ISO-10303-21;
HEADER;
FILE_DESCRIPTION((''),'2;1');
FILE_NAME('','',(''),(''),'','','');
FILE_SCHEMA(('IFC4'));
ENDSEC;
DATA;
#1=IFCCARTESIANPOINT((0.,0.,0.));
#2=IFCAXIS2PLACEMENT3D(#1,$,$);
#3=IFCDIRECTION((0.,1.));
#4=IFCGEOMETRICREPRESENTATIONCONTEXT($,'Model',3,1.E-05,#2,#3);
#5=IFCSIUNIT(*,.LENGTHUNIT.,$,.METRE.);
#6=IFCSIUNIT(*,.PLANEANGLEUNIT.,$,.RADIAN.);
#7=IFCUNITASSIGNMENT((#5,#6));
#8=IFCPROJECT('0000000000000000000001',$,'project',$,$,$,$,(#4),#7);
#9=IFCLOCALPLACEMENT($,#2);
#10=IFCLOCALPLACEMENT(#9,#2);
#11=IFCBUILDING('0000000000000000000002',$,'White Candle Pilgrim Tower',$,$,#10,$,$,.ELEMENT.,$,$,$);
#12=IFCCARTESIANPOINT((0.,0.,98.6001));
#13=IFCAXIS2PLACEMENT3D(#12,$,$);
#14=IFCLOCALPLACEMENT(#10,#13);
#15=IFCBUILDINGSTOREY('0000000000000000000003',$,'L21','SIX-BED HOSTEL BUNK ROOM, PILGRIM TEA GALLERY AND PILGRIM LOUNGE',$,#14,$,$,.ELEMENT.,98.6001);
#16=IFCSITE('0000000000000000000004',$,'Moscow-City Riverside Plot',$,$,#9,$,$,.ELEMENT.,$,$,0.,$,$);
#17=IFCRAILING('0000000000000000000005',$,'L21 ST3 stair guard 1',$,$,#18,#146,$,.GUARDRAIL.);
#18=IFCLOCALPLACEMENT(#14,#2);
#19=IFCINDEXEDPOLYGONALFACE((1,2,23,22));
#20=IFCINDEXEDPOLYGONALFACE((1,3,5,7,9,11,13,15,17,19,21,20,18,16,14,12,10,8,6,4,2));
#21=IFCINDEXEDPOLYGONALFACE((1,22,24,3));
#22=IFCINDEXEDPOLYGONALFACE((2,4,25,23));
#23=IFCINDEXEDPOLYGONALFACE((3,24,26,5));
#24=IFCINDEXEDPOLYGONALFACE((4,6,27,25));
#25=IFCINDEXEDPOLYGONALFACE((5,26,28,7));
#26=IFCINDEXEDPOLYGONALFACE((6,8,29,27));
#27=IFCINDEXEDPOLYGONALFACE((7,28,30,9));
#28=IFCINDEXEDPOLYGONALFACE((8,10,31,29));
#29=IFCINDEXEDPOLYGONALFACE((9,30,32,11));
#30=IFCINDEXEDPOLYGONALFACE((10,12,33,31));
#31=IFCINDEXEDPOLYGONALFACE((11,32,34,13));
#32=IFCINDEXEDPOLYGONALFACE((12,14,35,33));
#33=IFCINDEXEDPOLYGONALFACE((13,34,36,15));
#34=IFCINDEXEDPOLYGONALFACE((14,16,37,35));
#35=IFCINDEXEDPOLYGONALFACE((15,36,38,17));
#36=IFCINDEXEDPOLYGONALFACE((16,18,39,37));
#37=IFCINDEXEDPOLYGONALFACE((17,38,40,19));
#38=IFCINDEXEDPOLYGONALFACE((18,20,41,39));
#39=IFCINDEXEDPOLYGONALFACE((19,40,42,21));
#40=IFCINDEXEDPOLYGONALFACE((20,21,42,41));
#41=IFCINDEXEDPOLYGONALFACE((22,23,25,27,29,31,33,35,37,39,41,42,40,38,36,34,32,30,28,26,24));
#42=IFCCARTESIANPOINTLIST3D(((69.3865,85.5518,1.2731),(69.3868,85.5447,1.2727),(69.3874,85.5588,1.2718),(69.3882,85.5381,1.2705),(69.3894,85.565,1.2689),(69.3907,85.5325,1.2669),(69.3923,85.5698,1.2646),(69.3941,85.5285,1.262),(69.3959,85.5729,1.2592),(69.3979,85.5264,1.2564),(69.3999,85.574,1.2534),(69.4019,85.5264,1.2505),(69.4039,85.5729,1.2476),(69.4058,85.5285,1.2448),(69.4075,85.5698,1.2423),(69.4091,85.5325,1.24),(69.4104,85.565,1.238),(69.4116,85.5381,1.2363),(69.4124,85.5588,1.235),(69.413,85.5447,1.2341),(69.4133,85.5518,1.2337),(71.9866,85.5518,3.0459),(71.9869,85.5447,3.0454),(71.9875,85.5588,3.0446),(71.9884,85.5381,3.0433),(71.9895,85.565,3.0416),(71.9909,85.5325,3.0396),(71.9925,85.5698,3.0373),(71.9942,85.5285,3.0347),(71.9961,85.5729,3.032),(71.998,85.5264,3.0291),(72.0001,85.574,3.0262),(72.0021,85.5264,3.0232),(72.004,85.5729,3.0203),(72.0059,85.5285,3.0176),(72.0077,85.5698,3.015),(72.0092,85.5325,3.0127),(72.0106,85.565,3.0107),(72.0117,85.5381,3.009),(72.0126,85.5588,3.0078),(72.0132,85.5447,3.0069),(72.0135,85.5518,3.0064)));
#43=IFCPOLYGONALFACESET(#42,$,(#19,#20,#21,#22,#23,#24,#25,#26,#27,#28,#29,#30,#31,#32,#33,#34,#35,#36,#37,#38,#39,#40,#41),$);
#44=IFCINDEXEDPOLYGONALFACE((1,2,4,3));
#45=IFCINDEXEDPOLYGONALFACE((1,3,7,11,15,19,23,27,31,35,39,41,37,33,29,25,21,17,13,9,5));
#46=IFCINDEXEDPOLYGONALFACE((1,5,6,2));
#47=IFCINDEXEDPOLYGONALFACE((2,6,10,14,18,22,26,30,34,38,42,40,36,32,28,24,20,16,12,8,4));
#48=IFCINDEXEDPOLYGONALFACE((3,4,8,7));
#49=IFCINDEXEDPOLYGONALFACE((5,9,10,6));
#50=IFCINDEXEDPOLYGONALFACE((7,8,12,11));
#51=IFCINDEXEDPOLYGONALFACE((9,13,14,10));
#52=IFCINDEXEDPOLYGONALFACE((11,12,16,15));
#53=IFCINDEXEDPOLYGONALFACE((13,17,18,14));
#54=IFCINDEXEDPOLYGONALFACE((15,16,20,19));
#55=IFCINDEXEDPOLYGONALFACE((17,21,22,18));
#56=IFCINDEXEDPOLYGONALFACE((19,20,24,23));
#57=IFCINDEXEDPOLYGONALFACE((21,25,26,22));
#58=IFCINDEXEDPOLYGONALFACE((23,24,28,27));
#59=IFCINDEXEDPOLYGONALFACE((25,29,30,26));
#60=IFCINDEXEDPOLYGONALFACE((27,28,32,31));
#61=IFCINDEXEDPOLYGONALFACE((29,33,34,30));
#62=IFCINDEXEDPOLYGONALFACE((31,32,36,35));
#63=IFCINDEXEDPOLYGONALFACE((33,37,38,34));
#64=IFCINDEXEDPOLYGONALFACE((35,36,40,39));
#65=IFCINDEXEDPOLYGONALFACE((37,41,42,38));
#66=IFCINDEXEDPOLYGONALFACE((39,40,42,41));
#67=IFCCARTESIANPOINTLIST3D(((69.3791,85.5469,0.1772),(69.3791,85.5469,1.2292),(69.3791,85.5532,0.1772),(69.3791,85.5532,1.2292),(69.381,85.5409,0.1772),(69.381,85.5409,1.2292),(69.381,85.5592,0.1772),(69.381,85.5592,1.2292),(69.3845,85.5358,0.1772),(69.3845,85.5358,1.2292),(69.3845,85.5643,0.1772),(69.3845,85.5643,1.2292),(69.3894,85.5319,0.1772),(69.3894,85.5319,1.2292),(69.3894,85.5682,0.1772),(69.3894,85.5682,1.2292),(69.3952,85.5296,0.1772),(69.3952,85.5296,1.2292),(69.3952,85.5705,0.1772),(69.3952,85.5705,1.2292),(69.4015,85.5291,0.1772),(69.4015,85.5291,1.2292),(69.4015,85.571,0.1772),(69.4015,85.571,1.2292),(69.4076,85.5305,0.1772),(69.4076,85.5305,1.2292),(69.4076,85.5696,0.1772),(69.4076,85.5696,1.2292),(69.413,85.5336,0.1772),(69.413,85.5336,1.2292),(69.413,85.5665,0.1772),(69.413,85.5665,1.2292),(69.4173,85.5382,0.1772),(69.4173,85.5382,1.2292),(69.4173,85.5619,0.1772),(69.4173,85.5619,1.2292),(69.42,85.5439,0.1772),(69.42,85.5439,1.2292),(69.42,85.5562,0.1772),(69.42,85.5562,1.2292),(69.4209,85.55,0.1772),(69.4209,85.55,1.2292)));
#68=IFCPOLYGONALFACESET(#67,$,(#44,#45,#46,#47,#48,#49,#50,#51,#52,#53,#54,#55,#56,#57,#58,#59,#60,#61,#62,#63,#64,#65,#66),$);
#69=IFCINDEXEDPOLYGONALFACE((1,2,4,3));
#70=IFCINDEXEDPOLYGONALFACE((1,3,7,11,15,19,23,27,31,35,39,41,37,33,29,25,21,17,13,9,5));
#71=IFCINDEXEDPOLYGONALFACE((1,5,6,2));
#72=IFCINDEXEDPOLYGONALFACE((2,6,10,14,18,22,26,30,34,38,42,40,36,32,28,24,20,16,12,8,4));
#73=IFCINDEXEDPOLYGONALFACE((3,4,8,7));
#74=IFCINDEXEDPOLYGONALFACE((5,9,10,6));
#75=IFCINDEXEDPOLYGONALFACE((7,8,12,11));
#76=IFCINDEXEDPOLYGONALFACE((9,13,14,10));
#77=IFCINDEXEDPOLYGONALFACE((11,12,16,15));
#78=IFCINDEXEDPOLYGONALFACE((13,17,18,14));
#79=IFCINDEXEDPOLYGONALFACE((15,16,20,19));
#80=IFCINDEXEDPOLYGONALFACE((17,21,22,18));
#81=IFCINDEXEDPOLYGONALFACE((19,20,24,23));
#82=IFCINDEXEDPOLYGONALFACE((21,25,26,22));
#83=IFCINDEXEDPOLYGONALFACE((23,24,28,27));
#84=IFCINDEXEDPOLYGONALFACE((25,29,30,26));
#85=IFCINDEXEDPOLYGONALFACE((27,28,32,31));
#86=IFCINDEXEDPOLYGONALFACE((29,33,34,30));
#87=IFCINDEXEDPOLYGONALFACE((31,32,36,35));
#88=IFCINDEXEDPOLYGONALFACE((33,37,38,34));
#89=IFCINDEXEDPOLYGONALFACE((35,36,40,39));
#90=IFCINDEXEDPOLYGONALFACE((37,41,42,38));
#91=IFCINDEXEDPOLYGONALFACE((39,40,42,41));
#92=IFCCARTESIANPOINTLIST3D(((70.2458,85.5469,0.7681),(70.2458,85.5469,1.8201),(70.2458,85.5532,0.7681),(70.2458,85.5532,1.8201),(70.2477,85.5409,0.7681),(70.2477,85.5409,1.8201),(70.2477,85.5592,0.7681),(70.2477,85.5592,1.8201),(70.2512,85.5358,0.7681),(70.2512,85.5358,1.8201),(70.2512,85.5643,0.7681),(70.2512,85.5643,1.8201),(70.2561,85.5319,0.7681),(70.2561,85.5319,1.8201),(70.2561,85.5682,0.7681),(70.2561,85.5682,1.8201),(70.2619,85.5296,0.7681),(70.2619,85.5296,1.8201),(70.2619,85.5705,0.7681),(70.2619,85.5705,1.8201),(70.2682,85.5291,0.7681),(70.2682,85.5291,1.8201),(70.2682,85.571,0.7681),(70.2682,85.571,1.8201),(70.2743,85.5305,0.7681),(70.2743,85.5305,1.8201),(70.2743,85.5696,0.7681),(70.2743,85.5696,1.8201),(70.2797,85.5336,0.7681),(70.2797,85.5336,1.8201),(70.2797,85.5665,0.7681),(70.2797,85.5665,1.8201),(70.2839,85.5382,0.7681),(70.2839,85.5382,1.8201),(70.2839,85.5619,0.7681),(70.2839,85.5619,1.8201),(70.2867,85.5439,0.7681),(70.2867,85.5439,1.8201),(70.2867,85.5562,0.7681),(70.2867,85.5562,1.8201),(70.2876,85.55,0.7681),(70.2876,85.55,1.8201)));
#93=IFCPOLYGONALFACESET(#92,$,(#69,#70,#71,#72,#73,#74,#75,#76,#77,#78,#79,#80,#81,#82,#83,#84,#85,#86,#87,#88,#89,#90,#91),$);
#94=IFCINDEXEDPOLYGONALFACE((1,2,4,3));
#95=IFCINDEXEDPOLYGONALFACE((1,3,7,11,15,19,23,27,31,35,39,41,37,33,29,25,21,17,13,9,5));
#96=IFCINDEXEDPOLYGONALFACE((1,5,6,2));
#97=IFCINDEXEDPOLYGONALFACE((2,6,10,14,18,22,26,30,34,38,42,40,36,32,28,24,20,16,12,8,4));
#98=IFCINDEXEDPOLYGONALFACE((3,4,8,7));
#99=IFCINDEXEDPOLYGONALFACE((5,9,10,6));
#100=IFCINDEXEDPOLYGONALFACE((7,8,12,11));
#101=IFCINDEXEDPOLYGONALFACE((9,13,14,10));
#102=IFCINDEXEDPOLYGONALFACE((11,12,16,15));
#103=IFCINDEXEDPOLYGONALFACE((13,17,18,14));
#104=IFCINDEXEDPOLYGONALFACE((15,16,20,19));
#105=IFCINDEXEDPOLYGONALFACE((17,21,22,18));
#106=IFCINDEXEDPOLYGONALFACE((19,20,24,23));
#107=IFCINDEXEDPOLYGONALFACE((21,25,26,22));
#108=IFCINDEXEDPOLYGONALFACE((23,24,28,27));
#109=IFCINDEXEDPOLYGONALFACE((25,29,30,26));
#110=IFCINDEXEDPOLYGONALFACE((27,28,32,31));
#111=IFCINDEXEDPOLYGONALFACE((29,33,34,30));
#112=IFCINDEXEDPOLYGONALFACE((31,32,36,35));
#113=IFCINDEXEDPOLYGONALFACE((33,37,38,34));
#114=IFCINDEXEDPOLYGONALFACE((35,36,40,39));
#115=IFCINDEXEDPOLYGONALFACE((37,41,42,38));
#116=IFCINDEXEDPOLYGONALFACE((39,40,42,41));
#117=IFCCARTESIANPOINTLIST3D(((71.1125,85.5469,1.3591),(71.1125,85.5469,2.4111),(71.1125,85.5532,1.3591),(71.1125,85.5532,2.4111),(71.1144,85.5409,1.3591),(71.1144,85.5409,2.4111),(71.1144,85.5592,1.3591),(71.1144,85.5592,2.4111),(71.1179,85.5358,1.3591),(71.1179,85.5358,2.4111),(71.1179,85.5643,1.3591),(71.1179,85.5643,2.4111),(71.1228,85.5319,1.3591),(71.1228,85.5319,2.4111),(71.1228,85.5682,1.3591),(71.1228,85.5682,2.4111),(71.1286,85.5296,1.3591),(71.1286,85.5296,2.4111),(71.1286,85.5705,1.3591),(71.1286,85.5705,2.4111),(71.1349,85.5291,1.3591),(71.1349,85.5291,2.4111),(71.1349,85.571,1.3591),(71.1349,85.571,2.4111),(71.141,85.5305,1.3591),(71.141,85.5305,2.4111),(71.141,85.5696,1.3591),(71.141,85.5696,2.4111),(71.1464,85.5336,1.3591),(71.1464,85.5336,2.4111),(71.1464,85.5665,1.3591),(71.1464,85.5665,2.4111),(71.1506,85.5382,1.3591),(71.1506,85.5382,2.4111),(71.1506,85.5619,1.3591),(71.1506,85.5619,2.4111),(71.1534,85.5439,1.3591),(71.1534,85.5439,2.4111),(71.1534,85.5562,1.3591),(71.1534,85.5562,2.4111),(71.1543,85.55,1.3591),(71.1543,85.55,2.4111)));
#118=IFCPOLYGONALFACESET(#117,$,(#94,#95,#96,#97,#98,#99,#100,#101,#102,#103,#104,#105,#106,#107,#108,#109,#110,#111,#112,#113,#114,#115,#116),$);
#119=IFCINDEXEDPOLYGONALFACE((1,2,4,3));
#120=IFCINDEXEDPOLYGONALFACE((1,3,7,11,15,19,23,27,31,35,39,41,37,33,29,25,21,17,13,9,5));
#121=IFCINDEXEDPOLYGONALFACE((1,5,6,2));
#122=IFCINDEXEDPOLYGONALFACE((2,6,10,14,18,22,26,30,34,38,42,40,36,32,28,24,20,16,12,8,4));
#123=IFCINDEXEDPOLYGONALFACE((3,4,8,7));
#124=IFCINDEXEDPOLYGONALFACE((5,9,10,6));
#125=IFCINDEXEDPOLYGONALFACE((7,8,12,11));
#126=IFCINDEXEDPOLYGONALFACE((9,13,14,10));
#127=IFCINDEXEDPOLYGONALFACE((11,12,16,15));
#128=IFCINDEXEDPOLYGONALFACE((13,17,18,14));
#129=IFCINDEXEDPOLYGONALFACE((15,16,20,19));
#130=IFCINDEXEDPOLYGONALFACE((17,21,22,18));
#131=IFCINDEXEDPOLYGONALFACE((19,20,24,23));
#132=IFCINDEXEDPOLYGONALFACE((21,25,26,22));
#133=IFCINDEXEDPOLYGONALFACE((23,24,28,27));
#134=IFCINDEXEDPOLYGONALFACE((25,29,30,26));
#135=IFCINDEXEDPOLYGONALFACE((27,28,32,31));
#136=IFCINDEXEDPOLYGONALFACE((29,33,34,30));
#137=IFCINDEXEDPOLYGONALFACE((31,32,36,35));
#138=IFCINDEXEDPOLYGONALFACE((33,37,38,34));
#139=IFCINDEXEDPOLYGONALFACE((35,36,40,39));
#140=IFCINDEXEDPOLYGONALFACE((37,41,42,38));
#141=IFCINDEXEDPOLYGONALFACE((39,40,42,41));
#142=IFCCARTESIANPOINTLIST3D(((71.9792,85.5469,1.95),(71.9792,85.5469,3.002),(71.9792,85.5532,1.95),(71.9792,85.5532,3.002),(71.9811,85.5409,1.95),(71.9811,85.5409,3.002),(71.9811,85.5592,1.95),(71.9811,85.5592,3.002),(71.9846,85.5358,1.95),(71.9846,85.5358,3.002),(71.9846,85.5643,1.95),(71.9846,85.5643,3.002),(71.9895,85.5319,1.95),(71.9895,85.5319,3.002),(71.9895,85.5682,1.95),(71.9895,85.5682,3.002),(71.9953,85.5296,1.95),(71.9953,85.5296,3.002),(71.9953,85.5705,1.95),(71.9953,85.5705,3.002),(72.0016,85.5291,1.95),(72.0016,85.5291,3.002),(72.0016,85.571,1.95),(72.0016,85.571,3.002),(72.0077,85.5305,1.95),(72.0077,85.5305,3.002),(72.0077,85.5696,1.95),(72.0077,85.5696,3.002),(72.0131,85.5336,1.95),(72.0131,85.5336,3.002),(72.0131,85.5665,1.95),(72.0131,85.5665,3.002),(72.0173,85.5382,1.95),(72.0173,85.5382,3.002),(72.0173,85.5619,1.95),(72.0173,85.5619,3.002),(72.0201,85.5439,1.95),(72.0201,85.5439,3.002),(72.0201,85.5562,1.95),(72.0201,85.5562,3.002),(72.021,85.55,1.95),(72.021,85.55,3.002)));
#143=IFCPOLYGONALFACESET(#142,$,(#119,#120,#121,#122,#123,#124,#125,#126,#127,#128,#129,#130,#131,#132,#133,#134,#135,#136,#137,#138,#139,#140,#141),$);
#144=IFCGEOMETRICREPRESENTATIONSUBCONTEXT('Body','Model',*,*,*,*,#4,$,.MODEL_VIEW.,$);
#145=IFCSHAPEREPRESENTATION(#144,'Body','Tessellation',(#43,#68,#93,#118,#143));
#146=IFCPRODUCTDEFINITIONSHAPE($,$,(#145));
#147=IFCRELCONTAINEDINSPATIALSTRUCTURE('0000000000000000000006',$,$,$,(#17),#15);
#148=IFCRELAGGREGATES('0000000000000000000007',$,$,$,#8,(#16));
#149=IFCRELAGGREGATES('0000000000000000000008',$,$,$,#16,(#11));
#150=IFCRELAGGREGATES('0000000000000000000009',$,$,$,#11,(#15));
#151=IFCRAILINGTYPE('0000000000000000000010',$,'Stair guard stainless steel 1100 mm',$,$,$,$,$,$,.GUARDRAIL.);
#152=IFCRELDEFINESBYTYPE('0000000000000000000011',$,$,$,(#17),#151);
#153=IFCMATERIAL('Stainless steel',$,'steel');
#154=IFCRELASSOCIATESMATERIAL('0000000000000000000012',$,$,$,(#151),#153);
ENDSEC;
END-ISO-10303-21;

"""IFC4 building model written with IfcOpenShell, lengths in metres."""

from ifc_helpers import new_model, si_unit, direction, frame, origin, origin_2d, place, context, subcontext, project, spatial, circle, extrude, material, type_object, element, save


model = new_model("IFC4")

# Units and contexts
model_context = context("Model", 3, precision=1e-05, world=origin(), true_north=direction((0.0, 1.0)))
body_context = subcontext(model_context, "Body", "Model", "MODEL_VIEW")
ifc_project = project(units=[si_unit("LENGTHUNIT", "METRE"), si_unit("PLANEANGLEUNIT", "RADIAN")], contexts=[model_context])

# Site, building, storey
site_placement = place(None, origin())
site = spatial("IfcSite", under=ifc_project, at=site_placement, Name="Moscow-City Riverside Plot", CompositionType="ELEMENT", RefElevation=0.0)
building_placement = place(site_placement, origin())
building = spatial("IfcBuilding", under=site, at=building_placement, Name="White Candle Pilgrim Tower", CompositionType="ELEMENT")
storey_placement = place(building_placement, frame((0.0, 0.0, 98.6001)))
storey = spatial("IfcBuildingStorey", under=building, at=storey_placement, Name="L21", Description="SIX-BED HOSTEL BUNK ROOM, PILGRIM TEA GALLERY AND PILGRIM LOUNGE", CompositionType="ELEMENT", Elevation=98.6001)

# Railing
ifc_material_1 = material(Name="Stainless steel", Category="steel")
railing_type_1 = type_object("IfcRailingType", Name="Stair guard stainless steel 1100 mm", PredefinedType="GUARDRAIL", material=ifc_material_1)
railing_1_placement = place(storey_placement, frame((69.3999, 85.55, 0.1772)))
element("IfcRailing", 1, at=railing_1_placement, inside=storey, type_object=railing_type_1, Name="L21 ST3 stair guard 1", PredefinedType="GUARDRAIL", context=body_context, shape_type="SweptSolid", body=[
    extrude(circle(Radius=0.0239, at=origin_2d()), frame((0.0, 0.0, 1.0762), z_axis=(0.82624, 0.0, 0.563318), x_axis=(0.0, 1.0, 0.0)), (0.0, 0.0, 1.0), 3.147),
    extrude(circle(Radius=0.021, at=origin_2d()), origin(), (0.0, 0.0, 1.0), 1.052),
    extrude(circle(Radius=0.021, at=origin_2d()), frame((0.8667, 0.0, 0.5908)), (0.0, 0.0, 1.0), 1.052),
    extrude(circle(Radius=0.021, at=origin_2d()), frame((1.7334, 0.0, 1.1819)), (0.0, 0.0, 1.0), 1.052),
    extrude(circle(Radius=0.021, at=origin_2d()), frame((2.6001, 0.0, 1.7727)), (0.0, 0.0, 1.0), 1.052),
])

save(model, "model.ifc")
